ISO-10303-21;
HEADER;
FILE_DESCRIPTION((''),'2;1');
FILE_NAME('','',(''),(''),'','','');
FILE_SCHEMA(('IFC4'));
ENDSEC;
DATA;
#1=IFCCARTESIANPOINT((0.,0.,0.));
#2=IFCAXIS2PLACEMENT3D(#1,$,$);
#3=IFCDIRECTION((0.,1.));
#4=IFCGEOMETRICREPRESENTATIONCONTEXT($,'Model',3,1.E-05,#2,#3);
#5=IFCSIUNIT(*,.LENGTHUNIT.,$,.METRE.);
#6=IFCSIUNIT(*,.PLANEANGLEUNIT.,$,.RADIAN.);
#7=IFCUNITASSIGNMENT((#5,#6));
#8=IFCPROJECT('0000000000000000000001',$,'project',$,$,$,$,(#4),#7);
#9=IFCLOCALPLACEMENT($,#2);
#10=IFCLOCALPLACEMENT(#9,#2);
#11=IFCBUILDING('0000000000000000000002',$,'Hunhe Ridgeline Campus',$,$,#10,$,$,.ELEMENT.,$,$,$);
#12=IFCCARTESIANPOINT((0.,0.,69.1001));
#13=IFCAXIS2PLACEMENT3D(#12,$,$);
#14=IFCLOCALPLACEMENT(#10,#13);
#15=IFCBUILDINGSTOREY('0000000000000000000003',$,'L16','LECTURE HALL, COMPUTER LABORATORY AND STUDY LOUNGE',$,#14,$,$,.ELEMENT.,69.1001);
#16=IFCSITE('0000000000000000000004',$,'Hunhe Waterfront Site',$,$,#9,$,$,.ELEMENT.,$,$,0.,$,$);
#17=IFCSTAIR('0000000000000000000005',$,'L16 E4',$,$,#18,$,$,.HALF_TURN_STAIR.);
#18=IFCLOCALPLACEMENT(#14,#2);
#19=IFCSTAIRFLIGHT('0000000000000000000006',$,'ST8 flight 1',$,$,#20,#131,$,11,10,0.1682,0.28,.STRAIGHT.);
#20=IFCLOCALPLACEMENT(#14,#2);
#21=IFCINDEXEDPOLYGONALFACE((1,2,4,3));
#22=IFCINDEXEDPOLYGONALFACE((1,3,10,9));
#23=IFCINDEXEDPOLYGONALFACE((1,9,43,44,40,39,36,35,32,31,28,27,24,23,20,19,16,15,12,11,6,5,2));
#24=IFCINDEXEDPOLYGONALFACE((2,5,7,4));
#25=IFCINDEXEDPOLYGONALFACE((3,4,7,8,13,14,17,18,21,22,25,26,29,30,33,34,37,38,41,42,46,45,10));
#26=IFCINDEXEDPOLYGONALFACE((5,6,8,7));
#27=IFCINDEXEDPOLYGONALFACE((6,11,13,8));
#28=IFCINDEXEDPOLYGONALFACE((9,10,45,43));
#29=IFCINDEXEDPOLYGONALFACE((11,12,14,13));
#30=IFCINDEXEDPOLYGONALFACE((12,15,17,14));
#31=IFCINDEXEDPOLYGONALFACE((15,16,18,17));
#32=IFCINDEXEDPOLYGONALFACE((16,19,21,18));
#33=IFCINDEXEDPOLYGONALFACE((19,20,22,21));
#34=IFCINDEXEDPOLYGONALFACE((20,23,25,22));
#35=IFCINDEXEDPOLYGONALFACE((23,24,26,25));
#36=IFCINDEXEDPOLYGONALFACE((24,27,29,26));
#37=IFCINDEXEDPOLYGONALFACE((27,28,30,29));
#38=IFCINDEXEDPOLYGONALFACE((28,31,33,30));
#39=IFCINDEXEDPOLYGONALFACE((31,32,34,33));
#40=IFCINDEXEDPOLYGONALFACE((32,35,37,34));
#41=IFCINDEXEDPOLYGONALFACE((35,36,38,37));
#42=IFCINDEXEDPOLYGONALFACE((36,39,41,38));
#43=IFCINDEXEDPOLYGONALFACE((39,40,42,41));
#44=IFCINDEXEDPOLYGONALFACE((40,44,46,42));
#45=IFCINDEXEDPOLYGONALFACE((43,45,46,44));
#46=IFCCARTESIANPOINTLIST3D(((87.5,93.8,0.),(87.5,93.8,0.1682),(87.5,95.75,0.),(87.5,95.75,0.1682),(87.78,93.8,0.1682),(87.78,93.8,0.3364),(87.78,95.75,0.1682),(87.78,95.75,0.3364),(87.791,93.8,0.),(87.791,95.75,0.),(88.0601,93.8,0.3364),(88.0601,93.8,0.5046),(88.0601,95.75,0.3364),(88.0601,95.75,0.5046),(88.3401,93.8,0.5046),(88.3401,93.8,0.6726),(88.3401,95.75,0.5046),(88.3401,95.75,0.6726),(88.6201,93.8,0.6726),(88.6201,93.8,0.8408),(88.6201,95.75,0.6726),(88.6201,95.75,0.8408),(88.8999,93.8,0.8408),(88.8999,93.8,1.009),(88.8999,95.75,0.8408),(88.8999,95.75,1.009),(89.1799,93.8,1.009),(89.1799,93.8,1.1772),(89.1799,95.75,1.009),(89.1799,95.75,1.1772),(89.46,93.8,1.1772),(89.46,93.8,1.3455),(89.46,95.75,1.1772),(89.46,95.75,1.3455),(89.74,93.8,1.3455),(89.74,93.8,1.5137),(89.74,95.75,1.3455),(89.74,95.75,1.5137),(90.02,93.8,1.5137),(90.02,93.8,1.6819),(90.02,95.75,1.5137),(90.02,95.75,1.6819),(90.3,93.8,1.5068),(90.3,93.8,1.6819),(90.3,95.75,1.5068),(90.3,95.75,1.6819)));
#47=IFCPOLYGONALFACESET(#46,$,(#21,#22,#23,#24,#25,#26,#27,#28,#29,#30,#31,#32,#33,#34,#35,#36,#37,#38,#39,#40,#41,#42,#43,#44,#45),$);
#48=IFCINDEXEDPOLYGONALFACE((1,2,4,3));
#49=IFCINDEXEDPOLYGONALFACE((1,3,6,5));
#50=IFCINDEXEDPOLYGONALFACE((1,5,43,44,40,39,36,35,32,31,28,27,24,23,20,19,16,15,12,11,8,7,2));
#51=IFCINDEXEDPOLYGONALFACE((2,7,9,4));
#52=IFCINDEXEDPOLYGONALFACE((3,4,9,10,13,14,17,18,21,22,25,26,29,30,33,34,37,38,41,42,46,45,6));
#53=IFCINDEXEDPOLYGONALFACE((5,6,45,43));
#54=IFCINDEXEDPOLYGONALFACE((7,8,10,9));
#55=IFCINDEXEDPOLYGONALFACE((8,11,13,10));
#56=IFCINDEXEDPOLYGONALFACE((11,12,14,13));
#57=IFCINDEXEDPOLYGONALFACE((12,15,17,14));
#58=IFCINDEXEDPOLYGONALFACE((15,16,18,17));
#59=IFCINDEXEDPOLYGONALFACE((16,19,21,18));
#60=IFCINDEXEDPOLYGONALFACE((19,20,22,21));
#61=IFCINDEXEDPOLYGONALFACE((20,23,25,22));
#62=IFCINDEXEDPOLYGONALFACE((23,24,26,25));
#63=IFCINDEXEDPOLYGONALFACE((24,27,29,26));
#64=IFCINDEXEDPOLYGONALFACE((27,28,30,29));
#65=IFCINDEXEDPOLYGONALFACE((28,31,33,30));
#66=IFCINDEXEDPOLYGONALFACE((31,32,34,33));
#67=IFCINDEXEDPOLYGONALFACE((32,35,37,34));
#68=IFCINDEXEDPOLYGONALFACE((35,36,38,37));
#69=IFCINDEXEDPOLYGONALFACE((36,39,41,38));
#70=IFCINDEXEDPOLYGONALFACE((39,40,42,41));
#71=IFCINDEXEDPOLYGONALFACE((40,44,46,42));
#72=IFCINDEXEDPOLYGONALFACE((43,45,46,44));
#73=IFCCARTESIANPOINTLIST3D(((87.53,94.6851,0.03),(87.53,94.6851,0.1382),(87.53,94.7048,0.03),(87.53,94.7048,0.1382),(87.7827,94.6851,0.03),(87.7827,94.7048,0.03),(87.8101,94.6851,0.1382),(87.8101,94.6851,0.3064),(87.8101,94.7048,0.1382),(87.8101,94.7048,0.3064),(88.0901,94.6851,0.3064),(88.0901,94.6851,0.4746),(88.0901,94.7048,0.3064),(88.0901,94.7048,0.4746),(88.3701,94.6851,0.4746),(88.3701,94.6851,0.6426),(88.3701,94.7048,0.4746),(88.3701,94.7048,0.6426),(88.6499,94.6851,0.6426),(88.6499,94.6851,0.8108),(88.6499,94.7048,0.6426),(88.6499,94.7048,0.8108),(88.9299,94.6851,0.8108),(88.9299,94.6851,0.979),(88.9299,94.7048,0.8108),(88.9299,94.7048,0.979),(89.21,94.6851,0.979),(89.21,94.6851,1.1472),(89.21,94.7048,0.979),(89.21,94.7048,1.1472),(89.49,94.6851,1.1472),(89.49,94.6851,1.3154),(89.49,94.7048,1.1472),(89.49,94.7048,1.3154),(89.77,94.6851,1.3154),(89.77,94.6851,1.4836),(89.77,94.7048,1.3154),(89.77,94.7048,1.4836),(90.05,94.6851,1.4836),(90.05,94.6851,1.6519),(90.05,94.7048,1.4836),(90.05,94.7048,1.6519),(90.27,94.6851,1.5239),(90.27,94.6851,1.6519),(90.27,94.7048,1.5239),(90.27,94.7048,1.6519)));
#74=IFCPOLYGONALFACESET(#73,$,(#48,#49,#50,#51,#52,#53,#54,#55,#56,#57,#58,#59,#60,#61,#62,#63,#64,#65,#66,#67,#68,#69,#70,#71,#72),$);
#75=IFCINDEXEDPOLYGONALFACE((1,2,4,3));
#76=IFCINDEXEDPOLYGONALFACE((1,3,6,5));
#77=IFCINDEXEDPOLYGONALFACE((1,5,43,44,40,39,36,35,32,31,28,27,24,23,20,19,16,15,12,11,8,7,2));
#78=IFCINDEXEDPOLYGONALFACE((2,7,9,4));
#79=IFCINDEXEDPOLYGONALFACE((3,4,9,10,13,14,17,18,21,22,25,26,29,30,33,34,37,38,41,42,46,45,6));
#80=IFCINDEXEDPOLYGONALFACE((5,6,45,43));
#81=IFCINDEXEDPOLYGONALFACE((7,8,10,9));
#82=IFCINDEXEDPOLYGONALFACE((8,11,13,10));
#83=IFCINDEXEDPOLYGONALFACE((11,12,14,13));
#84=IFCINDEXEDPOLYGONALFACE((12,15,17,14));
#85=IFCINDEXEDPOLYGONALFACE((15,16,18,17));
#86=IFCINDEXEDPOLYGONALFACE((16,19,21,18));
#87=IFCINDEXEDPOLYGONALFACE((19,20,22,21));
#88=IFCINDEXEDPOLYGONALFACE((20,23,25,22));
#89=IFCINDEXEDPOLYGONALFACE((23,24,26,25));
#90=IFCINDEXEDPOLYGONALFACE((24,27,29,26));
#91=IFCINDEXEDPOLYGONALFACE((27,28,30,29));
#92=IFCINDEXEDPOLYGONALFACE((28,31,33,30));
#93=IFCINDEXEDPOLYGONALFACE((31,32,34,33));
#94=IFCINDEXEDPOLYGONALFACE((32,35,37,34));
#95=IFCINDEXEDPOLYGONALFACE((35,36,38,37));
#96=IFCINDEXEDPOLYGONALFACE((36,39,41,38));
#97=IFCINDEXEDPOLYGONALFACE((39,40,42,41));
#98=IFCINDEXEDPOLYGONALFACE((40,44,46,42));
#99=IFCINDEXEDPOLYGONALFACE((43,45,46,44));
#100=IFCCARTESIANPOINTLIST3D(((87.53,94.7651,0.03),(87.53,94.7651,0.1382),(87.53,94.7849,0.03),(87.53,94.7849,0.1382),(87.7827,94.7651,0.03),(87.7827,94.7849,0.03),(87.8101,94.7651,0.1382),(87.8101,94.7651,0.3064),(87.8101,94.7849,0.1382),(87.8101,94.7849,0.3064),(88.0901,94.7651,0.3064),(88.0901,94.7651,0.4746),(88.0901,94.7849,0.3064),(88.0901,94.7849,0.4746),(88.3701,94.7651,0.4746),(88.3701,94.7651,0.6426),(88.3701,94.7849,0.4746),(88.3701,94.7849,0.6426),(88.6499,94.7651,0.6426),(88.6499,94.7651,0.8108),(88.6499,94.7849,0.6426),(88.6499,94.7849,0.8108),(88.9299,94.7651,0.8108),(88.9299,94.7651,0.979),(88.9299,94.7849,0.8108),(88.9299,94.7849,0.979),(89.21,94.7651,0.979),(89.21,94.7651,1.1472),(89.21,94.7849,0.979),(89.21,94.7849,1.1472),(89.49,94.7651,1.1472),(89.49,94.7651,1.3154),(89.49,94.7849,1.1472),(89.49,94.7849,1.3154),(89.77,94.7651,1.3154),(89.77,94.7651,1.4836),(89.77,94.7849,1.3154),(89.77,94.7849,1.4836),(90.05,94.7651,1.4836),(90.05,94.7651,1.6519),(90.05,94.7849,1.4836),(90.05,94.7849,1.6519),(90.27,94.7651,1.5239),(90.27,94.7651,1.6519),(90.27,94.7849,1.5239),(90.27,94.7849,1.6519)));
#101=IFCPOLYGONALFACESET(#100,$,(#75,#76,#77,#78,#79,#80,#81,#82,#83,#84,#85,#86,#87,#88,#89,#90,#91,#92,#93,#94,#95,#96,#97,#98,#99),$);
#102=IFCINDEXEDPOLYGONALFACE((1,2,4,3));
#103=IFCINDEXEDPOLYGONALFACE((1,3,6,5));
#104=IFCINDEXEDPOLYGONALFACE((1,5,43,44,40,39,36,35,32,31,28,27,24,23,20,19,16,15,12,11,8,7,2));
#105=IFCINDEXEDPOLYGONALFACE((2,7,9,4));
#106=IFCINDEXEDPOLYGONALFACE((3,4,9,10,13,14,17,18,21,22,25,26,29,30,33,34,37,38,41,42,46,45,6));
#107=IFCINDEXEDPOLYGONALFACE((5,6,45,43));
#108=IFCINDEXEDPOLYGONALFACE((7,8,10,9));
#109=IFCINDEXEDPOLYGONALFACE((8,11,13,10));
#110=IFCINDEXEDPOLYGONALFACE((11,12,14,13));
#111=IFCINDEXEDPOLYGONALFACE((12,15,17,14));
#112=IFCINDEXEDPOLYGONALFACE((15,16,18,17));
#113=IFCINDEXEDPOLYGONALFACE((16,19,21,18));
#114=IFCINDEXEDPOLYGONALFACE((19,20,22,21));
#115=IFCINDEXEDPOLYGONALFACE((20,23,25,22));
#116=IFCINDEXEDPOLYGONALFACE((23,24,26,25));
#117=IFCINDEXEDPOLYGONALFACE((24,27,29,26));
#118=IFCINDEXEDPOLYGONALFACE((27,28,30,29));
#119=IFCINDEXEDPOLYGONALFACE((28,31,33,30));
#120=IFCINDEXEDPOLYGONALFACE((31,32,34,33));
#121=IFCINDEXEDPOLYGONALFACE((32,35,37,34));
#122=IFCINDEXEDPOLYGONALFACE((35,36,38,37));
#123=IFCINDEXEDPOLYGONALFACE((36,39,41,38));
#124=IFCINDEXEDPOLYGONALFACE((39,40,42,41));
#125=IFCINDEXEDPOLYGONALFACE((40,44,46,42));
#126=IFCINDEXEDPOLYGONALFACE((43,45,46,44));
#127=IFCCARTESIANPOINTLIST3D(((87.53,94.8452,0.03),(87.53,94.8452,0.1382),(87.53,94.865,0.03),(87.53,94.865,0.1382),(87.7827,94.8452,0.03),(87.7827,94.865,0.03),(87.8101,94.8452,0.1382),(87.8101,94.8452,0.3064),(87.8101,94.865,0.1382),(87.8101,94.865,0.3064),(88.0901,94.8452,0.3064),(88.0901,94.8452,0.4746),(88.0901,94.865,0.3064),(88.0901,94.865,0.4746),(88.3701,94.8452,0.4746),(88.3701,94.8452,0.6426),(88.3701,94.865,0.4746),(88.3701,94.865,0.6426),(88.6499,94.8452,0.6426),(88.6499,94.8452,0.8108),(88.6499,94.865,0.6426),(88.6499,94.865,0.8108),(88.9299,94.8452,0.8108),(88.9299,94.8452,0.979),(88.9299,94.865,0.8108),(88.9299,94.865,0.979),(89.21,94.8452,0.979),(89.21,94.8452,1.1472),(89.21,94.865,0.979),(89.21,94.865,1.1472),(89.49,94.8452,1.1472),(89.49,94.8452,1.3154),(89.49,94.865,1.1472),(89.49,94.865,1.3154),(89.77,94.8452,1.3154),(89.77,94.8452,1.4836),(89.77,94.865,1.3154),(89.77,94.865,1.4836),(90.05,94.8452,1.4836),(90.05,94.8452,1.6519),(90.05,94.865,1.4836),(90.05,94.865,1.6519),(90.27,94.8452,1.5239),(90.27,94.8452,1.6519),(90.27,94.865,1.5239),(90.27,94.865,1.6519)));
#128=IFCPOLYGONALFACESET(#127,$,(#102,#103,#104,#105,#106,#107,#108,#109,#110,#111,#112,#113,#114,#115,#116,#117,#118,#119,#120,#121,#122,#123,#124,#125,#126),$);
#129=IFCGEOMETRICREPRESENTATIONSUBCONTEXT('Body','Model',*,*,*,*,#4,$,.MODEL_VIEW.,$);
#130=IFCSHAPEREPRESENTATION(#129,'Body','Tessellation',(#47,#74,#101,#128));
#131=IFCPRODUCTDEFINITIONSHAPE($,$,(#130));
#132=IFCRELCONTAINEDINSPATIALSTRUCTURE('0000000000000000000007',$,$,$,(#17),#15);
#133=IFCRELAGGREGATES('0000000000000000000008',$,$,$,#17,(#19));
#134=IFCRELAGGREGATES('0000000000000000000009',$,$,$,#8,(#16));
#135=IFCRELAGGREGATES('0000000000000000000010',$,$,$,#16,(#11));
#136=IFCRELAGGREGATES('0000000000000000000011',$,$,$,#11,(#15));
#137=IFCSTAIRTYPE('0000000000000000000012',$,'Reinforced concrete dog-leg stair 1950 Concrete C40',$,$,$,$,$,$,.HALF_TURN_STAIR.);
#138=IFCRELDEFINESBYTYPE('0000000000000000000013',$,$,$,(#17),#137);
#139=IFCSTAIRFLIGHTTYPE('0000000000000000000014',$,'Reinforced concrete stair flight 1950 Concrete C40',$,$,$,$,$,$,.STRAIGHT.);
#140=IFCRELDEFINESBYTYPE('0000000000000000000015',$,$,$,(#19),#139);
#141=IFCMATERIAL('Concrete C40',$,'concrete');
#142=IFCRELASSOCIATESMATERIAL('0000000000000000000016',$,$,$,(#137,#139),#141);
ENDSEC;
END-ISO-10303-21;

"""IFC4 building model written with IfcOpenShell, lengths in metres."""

from ifc_helpers import new_model, si_unit, direction, frame, origin, place, context, subcontext, project, spatial, polyline, outline, extrude, material, type_object, element, aggregate, save


model = new_model("IFC4")

# Units and contexts
model_context = context("Model", 3, precision=1e-05, world=origin(), true_north=direction((0.0, 1.0)))
body_context = subcontext(model_context, "Body", "Model", "MODEL_VIEW")
ifc_project = project(units=[si_unit("LENGTHUNIT", "METRE"), si_unit("PLANEANGLEUNIT", "RADIAN")], contexts=[model_context])

# Site, building, storey
site_placement = place(None, origin())
site = spatial("IfcSite", under=ifc_project, at=site_placement, Name="Hunhe Waterfront Site", CompositionType="ELEMENT", RefElevation=0.0)
building_placement = place(site_placement, origin())
building = spatial("IfcBuilding", under=site, at=building_placement, Name="Hunhe Ridgeline Campus", CompositionType="ELEMENT")
storey_placement = place(building_placement, frame((0.0, 0.0, 69.1001)))
storey = spatial("IfcBuildingStorey", under=building, at=storey_placement, Name="L16", Description="LECTURE HALL, COMPUTER LABORATORY AND STUDY LOUNGE", CompositionType="ELEMENT", Elevation=69.1001)

# Stair, stair flight
ifc_material_1 = material(Name="Concrete C40", Category="concrete")
stair_type = type_object("IfcStairType", Name="Reinforced concrete dog-leg stair 1950 Concrete C40", PredefinedType="HALF_TURN_STAIR", material=ifc_material_1)
stair_placement = place(storey_placement, origin())
stair = element("IfcStair", 1, at=stair_placement, inside=storey, type_object=stair_type, Name="L16 E4", PredefinedType="HALF_TURN_STAIR")
stair_flight_type = type_object("IfcStairFlightType", Name="Reinforced concrete stair flight 1950 Concrete C40", PredefinedType="STRAIGHT", material=ifc_material_1)
stair_flight_1_placement = place(storey_placement, frame((87.5, 94.7749, 0.0), z_axis=(0.0, 0.0, 1.0), x_axis=(1.0, 0.0, 0.0)))
stair_flight_1 = element("IfcStairFlight", 2, at=stair_flight_1_placement, type_object=stair_flight_type, Name="ST8 flight 1", NumberOfRisers=11, NumberOfTreads=10, PredefinedType="STRAIGHT", RiserHeight=0.1682, TreadLength=0.28, context=body_context, shape_type="SweptSolid", body=[
    extrude(outline(polyline([(0.0, 0.0), (0.0, 0.1682), (0.28, 0.1682), (0.28, 0.3364), (0.5601, 0.3364), (0.5601, 0.5046), (0.8401, 0.5046), (0.8401, 0.6726), (1.1201, 0.6726), (1.1201, 0.8408), (1.3999, 0.8408), (1.3999, 1.009), (1.6799, 1.009), (1.6799, 1.1772), (1.96, 1.1772), (1.96, 1.3455), (2.24, 1.3455), (2.24, 1.5137), (2.52, 1.5137), (2.52, 1.6819), (2.8, 1.6819), (2.8, 1.8501), (2.8, 1.5068), (0.291, 0.0), (0.0, 0.0)])), frame((0.0, 0.9751, 0.0), z_axis=(0.0, -1.0, 0.0), x_axis=(1.0, 0.0, 0.0)), (0.0, 0.0, 1.0), 1.95),
    extrude(outline(polyline([(0.03, 0.03), (0.03, 0.1382), (0.3101, 0.1382), (0.3101, 0.3064), (0.5901, 0.3064), (0.5901, 0.4746), (0.8701, 0.4746), (0.8701, 0.6426), (1.1499, 0.6426), (1.1499, 0.8108), (1.4299, 0.8108), (1.4299, 0.979), (1.71, 0.979), (1.71, 1.1472), (1.99, 1.1472), (1.99, 1.3154), (2.27, 1.3154), (2.27, 1.4836), (2.55, 1.4836), (2.55, 1.6519), (2.77, 1.6519), (2.77, 1.5239), (0.2827, 0.03), (0.03, 0.03)])), frame((0.0, -0.0701, 0.0), z_axis=(0.0, -1.0, 0.0), x_axis=(1.0, 0.0, 0.0)), (0.0, 0.0, 1.0), 0.0198),
    extrude(outline(polyline([(0.03, 0.03), (0.03, 0.1382), (0.3101, 0.1382), (0.3101, 0.3064), (0.5901, 0.3064), (0.5901, 0.4746), (0.8701, 0.4746), (0.8701, 0.6426), (1.1499, 0.6426), (1.1499, 0.8108), (1.4299, 0.8108), (1.4299, 0.979), (1.71, 0.979), (1.71, 1.1472), (1.99, 1.1472), (1.99, 1.3154), (2.27, 1.3154), (2.27, 1.4836), (2.55, 1.4836), (2.55, 1.6519), (2.77, 1.6519), (2.77, 1.5239), (0.2827, 0.03), (0.03, 0.03)])), frame((0.0, 0.01, 0.0), z_axis=(0.0, -1.0, 0.0), x_axis=(1.0, 0.0, 0.0)), (0.0, 0.0, 1.0), 0.0198),
    extrude(outline(polyline([(0.03, 0.03), (0.03, 0.1382), (0.3101, 0.1382), (0.3101, 0.3064), (0.5901, 0.3064), (0.5901, 0.4746), (0.8701, 0.4746), (0.8701, 0.6426), (1.1499, 0.6426), (1.1499, 0.8108), (1.4299, 0.8108), (1.4299, 0.979), (1.71, 0.979), (1.71, 1.1472), (1.99, 1.1472), (1.99, 1.3154), (2.27, 1.3154), (2.27, 1.4836), (2.55, 1.4836), (2.55, 1.6519), (2.77, 1.6519), (2.77, 1.5239), (0.2827, 0.03), (0.03, 0.03)])), frame((0.0, 0.0901, 0.0), z_axis=(0.0, -1.0, 0.0), x_axis=(1.0, 0.0, 0.0)), (0.0, 0.0, 1.0), 0.0198),
])
aggregate(stair, [stair_flight_1])

save(model, "model.ifc")
